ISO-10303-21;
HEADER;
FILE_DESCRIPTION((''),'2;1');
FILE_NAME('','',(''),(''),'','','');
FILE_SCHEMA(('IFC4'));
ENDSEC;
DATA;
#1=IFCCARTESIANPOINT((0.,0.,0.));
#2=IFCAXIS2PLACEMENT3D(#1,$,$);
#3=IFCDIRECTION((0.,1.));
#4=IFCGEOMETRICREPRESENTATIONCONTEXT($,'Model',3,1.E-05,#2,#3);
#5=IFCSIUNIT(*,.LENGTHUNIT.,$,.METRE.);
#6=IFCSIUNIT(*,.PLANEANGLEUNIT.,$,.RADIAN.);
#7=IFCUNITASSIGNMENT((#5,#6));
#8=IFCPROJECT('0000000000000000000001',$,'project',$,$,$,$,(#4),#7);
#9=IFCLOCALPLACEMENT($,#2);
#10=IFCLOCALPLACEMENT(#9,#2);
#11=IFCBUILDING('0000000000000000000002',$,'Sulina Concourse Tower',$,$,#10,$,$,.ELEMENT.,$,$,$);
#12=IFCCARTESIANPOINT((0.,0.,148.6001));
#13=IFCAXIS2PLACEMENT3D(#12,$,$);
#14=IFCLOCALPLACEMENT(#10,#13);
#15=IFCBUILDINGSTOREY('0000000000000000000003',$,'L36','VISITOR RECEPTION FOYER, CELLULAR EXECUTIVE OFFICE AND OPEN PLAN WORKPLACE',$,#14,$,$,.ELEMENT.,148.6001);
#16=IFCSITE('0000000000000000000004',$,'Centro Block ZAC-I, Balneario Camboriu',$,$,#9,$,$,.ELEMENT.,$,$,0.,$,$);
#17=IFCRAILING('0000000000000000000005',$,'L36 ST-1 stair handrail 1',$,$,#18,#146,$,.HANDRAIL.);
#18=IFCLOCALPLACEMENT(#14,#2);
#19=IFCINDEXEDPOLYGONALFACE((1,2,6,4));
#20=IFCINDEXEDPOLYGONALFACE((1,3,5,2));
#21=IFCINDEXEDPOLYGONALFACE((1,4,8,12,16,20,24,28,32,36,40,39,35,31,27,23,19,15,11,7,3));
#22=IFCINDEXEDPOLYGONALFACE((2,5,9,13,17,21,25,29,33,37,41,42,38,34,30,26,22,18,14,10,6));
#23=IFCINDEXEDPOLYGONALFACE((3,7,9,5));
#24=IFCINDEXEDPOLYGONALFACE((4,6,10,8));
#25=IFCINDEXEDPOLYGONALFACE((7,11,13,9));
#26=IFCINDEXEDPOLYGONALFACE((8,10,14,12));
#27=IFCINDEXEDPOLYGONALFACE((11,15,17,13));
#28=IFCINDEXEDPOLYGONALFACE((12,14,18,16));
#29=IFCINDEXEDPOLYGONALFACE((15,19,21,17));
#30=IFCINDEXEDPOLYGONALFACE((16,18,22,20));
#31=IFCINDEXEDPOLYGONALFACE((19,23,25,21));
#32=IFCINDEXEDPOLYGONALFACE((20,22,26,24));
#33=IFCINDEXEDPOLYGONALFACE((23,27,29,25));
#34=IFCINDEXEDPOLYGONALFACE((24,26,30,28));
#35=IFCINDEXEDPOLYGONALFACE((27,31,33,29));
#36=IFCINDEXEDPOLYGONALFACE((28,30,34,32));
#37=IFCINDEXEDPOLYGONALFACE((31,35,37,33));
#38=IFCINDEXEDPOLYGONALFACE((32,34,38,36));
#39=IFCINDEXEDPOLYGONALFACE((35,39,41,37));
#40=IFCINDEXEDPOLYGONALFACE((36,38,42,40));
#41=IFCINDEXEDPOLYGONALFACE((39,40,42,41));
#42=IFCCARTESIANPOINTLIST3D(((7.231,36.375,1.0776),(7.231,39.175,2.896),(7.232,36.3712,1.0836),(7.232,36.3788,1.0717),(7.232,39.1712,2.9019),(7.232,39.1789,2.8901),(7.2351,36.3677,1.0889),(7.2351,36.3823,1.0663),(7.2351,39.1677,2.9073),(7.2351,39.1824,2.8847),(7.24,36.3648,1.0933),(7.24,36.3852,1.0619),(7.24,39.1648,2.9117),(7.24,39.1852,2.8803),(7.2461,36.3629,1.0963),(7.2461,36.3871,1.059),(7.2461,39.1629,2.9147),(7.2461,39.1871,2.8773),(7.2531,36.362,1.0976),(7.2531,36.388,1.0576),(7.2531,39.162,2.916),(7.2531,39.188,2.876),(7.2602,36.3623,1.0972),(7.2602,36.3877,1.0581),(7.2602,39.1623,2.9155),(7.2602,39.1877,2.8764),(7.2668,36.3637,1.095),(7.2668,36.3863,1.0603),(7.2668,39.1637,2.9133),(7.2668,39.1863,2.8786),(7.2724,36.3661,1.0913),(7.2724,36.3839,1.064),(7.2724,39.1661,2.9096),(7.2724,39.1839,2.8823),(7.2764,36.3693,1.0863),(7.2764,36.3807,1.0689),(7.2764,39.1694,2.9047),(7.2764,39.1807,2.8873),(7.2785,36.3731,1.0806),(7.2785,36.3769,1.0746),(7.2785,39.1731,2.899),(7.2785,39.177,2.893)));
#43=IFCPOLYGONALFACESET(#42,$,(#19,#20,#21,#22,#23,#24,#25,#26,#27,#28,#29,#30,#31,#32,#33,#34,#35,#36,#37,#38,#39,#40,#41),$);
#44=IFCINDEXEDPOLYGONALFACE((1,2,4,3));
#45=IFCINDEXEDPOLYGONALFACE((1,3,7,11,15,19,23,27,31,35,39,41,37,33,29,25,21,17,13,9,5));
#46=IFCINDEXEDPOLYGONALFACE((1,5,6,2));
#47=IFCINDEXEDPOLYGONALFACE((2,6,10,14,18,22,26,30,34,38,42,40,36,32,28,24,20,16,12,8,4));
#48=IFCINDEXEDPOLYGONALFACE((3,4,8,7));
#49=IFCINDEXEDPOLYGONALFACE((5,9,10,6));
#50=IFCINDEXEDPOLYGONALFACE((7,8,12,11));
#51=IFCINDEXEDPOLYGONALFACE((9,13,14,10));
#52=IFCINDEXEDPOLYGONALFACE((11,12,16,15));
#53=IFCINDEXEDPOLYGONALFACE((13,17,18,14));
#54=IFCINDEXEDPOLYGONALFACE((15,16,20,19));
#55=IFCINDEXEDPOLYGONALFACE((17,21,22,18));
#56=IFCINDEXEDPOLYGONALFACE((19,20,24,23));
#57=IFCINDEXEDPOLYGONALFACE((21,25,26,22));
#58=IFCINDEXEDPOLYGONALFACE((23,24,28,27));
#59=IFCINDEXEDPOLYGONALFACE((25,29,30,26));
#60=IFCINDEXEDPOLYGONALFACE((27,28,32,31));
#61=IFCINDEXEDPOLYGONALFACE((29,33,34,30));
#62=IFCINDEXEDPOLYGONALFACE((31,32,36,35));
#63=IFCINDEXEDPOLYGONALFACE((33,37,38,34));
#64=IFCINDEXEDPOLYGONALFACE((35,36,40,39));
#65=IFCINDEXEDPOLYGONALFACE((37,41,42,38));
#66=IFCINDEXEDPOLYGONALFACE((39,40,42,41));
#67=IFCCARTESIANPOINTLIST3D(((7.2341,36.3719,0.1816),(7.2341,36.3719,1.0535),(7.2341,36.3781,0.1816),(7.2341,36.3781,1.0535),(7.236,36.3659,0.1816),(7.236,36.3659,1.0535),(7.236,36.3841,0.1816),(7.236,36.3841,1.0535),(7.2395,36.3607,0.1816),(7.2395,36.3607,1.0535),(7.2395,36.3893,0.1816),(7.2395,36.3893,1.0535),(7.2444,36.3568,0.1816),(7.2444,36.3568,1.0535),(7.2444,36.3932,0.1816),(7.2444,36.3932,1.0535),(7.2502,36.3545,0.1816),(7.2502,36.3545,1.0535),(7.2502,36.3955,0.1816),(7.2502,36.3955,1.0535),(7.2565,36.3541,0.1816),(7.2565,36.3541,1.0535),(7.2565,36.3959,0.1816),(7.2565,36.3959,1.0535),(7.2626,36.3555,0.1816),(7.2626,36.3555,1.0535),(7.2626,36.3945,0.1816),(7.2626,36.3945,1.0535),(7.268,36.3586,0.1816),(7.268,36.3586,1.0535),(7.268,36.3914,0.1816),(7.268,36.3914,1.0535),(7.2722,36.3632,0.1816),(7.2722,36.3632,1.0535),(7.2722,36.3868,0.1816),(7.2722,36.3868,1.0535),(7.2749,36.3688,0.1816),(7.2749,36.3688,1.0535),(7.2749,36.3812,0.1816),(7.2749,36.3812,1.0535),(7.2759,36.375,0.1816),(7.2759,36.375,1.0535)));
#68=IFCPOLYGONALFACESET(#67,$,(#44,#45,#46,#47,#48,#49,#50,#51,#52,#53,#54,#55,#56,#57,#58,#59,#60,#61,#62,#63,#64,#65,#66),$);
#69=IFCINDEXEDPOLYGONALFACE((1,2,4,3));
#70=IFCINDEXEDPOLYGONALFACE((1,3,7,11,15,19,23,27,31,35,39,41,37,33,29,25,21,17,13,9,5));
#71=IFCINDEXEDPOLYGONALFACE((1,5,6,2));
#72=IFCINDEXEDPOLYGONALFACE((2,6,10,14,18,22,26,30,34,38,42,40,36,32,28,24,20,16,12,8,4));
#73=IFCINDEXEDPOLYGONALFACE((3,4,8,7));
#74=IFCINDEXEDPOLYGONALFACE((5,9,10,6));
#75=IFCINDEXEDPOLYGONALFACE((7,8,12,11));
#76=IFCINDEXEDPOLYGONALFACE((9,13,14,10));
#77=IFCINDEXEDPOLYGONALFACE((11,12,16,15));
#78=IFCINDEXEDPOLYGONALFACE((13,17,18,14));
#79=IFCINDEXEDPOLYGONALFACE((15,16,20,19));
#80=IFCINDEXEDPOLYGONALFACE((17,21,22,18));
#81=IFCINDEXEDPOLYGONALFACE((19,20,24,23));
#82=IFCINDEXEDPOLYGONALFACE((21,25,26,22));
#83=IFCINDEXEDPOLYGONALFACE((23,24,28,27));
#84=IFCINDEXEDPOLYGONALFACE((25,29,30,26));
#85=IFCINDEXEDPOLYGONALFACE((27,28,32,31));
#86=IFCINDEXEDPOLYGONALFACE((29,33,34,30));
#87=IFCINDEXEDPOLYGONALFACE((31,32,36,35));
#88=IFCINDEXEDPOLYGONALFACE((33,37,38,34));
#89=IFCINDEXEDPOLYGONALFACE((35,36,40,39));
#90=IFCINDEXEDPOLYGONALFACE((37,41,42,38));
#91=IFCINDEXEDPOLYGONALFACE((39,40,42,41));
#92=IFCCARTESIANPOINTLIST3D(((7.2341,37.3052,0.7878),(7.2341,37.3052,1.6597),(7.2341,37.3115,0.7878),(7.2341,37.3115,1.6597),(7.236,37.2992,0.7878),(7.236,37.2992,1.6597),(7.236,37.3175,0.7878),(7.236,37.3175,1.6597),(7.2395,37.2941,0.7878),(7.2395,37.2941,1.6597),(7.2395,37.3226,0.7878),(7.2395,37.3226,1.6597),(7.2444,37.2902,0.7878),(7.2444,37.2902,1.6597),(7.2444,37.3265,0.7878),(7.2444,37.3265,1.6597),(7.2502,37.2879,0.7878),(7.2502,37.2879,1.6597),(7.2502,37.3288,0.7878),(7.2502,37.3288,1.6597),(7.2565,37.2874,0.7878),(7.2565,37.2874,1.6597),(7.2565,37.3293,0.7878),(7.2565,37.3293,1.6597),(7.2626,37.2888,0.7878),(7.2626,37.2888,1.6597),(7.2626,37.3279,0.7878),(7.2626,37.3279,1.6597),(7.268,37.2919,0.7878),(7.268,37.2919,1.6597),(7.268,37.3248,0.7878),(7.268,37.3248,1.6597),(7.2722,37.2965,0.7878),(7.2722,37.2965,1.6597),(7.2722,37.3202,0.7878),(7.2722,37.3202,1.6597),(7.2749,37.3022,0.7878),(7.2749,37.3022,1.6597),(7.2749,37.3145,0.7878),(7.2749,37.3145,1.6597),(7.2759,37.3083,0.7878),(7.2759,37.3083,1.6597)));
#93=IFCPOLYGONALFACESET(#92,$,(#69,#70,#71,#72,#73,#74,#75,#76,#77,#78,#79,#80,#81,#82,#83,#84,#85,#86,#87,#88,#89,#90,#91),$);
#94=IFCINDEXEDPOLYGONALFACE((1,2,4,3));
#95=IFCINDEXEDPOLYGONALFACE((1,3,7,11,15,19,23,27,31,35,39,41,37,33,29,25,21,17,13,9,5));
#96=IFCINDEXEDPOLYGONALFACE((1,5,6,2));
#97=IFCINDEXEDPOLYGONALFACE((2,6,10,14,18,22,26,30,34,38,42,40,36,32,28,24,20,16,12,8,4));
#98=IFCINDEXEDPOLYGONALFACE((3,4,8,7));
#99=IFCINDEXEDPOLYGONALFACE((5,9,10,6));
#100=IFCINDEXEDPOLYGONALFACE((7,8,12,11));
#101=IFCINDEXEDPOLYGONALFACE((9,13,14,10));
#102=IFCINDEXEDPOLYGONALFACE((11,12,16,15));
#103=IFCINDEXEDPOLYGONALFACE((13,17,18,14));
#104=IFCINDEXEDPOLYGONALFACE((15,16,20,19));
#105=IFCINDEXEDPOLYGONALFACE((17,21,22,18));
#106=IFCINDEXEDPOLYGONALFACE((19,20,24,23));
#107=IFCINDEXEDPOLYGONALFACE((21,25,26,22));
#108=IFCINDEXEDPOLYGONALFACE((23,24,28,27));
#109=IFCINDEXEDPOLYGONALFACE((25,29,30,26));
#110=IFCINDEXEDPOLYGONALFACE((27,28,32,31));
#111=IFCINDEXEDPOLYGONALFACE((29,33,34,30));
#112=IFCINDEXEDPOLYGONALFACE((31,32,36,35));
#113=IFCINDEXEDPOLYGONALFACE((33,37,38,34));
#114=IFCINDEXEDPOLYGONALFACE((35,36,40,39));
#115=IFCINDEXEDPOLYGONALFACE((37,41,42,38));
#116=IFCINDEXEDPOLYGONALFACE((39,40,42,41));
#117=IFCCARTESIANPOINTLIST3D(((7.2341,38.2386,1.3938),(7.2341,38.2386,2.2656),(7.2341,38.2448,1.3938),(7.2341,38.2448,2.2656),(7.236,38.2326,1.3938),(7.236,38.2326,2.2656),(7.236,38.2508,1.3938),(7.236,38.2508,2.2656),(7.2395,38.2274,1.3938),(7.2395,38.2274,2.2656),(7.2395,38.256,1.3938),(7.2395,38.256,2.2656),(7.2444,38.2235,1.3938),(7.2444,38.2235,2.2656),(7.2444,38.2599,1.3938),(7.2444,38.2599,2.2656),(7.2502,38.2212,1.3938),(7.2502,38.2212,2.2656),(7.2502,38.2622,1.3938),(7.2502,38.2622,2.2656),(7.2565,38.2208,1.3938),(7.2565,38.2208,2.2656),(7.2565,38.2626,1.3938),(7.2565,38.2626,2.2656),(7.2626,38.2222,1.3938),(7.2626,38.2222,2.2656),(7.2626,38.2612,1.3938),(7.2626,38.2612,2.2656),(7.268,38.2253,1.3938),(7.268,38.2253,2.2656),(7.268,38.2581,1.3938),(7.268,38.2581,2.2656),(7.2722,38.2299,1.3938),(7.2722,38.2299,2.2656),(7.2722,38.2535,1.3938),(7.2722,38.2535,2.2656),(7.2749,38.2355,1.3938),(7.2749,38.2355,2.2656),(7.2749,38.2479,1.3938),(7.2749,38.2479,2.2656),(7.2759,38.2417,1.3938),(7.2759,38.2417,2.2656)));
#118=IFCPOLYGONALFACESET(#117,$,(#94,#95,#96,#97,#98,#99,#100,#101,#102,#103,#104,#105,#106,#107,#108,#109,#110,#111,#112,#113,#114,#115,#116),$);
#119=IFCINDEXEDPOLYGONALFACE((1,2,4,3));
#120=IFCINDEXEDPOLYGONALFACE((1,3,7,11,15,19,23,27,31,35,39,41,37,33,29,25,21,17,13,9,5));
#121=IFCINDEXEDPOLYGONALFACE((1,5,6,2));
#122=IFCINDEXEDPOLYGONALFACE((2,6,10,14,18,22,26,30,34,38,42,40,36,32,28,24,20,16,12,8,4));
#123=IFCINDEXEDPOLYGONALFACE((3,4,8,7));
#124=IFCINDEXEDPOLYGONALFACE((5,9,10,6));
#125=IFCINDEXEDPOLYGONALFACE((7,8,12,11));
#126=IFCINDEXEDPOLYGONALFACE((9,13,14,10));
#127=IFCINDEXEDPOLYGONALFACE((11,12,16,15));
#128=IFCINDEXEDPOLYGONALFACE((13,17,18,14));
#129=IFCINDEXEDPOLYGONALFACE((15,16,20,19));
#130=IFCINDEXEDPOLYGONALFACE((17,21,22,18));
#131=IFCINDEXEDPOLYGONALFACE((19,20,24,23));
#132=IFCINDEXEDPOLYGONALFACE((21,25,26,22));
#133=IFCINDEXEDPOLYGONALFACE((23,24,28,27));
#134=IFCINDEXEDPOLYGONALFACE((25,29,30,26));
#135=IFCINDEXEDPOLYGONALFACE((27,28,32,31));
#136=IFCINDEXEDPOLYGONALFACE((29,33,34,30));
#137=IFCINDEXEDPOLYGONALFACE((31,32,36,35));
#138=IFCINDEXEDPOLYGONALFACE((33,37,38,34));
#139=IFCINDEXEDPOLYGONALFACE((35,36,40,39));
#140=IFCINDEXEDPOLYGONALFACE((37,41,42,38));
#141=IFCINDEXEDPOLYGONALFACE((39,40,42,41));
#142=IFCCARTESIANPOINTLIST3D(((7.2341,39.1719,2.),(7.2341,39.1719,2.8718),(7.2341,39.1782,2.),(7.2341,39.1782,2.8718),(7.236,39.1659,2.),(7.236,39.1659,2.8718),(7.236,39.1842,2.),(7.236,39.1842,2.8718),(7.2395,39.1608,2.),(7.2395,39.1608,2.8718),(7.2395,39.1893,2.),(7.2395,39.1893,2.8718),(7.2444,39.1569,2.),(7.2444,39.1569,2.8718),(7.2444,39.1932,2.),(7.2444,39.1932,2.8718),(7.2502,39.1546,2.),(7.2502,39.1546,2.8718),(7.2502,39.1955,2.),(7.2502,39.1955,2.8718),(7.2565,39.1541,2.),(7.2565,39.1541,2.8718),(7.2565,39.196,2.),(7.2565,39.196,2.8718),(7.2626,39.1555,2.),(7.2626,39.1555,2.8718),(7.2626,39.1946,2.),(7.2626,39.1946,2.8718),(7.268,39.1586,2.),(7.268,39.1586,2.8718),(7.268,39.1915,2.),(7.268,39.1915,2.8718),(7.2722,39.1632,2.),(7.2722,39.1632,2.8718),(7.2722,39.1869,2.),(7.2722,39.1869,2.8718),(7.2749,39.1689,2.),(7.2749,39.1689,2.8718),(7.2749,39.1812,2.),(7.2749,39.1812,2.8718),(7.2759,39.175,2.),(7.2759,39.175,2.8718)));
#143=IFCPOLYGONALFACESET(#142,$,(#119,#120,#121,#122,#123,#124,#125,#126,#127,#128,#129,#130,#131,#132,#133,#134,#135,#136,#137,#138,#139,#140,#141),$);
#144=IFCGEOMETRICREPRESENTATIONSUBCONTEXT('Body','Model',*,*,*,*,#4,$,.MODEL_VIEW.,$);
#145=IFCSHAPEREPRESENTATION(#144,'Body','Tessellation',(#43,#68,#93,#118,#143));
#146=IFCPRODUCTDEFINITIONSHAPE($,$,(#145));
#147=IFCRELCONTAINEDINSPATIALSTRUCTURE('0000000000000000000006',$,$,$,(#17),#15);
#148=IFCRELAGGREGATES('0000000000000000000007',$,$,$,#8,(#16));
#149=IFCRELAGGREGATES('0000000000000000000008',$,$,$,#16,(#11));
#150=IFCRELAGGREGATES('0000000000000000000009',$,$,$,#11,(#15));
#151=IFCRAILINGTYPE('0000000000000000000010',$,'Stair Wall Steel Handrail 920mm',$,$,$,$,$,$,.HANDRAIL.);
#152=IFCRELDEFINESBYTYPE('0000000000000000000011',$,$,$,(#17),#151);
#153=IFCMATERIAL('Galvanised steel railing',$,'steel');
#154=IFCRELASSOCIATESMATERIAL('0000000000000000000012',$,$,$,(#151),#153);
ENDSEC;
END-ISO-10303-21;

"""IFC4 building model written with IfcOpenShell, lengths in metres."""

from ifc_helpers import new_model, si_unit, direction, frame, origin, origin_2d, place, context, subcontext, project, spatial, circle, extrude, material, type_object, element, save


model = new_model("IFC4")

# Units and contexts
model_context = context("Model", 3, precision=1e-05, world=origin(), true_north=direction((0.0, 1.0)))
body_context = subcontext(model_context, "Body", "Model", "MODEL_VIEW")
ifc_project = project(units=[si_unit("LENGTHUNIT", "METRE"), si_unit("PLANEANGLEUNIT", "RADIAN")], contexts=[model_context])

# Site, building, storey
site_placement = place(None, origin())
site = spatial("IfcSite", under=ifc_project, at=site_placement, Name="Centro Block ZAC-I, Balneario Camboriu", CompositionType="ELEMENT", RefElevation=0.0)
building_placement = place(site_placement, origin())
building = spatial("IfcBuilding", under=site, at=building_placement, Name="Sulina Concourse Tower", CompositionType="ELEMENT")
storey_placement = place(building_placement, frame((0.0, 0.0, 148.6001)))
storey = spatial("IfcBuildingStorey", under=building, at=storey_placement, Name="L36", Description="VISITOR RECEPTION FOYER, CELLULAR EXECUTIVE OFFICE AND OPEN PLAN WORKPLACE", CompositionType="ELEMENT", Elevation=148.6001)

# Railing
ifc_material_1 = material(Name="Galvanised steel railing", Category="steel")
railing_type_1 = type_object("IfcRailingType", Name="Stair Wall Steel Handrail 920mm", PredefinedType="HANDRAIL", material=ifc_material_1)
railing_1_placement = place(storey_placement, frame((7.2549, 36.375, 0.1816)))
element("IfcRailing", 1, at=railing_1_placement, inside=storey, type_object=railing_type_1, Name="L36 ST-1 stair handrail 1", PredefinedType="HANDRAIL", context=body_context, shape_type="SweptSolid", body=[
    extrude(circle(Radius=0.0239, at=origin_2d()), frame((0.0, 0.0, 0.896), z_axis=(0.0, 0.838672, 0.544636), x_axis=(-1.0, 0.0, 0.0)), (0.0, 0.0, 1.0), 3.3386),
    extrude(circle(Radius=0.021, at=origin_2d()), origin(), (0.0, 0.0, 1.0), 0.8718),
    extrude(circle(Radius=0.021, at=origin_2d()), frame((0.0, 0.9333, 0.6062)), (0.0, 0.0, 1.0), 0.8718),
    extrude(circle(Radius=0.021, at=origin_2d()), frame((0.0, 1.8667, 1.2122)), (0.0, 0.0, 1.0), 0.8718),
    extrude(circle(Radius=0.021, at=origin_2d()), frame((0.0, 2.8, 1.8184)), (0.0, 0.0, 1.0), 0.8718),
])

save(model, "model.ifc")
